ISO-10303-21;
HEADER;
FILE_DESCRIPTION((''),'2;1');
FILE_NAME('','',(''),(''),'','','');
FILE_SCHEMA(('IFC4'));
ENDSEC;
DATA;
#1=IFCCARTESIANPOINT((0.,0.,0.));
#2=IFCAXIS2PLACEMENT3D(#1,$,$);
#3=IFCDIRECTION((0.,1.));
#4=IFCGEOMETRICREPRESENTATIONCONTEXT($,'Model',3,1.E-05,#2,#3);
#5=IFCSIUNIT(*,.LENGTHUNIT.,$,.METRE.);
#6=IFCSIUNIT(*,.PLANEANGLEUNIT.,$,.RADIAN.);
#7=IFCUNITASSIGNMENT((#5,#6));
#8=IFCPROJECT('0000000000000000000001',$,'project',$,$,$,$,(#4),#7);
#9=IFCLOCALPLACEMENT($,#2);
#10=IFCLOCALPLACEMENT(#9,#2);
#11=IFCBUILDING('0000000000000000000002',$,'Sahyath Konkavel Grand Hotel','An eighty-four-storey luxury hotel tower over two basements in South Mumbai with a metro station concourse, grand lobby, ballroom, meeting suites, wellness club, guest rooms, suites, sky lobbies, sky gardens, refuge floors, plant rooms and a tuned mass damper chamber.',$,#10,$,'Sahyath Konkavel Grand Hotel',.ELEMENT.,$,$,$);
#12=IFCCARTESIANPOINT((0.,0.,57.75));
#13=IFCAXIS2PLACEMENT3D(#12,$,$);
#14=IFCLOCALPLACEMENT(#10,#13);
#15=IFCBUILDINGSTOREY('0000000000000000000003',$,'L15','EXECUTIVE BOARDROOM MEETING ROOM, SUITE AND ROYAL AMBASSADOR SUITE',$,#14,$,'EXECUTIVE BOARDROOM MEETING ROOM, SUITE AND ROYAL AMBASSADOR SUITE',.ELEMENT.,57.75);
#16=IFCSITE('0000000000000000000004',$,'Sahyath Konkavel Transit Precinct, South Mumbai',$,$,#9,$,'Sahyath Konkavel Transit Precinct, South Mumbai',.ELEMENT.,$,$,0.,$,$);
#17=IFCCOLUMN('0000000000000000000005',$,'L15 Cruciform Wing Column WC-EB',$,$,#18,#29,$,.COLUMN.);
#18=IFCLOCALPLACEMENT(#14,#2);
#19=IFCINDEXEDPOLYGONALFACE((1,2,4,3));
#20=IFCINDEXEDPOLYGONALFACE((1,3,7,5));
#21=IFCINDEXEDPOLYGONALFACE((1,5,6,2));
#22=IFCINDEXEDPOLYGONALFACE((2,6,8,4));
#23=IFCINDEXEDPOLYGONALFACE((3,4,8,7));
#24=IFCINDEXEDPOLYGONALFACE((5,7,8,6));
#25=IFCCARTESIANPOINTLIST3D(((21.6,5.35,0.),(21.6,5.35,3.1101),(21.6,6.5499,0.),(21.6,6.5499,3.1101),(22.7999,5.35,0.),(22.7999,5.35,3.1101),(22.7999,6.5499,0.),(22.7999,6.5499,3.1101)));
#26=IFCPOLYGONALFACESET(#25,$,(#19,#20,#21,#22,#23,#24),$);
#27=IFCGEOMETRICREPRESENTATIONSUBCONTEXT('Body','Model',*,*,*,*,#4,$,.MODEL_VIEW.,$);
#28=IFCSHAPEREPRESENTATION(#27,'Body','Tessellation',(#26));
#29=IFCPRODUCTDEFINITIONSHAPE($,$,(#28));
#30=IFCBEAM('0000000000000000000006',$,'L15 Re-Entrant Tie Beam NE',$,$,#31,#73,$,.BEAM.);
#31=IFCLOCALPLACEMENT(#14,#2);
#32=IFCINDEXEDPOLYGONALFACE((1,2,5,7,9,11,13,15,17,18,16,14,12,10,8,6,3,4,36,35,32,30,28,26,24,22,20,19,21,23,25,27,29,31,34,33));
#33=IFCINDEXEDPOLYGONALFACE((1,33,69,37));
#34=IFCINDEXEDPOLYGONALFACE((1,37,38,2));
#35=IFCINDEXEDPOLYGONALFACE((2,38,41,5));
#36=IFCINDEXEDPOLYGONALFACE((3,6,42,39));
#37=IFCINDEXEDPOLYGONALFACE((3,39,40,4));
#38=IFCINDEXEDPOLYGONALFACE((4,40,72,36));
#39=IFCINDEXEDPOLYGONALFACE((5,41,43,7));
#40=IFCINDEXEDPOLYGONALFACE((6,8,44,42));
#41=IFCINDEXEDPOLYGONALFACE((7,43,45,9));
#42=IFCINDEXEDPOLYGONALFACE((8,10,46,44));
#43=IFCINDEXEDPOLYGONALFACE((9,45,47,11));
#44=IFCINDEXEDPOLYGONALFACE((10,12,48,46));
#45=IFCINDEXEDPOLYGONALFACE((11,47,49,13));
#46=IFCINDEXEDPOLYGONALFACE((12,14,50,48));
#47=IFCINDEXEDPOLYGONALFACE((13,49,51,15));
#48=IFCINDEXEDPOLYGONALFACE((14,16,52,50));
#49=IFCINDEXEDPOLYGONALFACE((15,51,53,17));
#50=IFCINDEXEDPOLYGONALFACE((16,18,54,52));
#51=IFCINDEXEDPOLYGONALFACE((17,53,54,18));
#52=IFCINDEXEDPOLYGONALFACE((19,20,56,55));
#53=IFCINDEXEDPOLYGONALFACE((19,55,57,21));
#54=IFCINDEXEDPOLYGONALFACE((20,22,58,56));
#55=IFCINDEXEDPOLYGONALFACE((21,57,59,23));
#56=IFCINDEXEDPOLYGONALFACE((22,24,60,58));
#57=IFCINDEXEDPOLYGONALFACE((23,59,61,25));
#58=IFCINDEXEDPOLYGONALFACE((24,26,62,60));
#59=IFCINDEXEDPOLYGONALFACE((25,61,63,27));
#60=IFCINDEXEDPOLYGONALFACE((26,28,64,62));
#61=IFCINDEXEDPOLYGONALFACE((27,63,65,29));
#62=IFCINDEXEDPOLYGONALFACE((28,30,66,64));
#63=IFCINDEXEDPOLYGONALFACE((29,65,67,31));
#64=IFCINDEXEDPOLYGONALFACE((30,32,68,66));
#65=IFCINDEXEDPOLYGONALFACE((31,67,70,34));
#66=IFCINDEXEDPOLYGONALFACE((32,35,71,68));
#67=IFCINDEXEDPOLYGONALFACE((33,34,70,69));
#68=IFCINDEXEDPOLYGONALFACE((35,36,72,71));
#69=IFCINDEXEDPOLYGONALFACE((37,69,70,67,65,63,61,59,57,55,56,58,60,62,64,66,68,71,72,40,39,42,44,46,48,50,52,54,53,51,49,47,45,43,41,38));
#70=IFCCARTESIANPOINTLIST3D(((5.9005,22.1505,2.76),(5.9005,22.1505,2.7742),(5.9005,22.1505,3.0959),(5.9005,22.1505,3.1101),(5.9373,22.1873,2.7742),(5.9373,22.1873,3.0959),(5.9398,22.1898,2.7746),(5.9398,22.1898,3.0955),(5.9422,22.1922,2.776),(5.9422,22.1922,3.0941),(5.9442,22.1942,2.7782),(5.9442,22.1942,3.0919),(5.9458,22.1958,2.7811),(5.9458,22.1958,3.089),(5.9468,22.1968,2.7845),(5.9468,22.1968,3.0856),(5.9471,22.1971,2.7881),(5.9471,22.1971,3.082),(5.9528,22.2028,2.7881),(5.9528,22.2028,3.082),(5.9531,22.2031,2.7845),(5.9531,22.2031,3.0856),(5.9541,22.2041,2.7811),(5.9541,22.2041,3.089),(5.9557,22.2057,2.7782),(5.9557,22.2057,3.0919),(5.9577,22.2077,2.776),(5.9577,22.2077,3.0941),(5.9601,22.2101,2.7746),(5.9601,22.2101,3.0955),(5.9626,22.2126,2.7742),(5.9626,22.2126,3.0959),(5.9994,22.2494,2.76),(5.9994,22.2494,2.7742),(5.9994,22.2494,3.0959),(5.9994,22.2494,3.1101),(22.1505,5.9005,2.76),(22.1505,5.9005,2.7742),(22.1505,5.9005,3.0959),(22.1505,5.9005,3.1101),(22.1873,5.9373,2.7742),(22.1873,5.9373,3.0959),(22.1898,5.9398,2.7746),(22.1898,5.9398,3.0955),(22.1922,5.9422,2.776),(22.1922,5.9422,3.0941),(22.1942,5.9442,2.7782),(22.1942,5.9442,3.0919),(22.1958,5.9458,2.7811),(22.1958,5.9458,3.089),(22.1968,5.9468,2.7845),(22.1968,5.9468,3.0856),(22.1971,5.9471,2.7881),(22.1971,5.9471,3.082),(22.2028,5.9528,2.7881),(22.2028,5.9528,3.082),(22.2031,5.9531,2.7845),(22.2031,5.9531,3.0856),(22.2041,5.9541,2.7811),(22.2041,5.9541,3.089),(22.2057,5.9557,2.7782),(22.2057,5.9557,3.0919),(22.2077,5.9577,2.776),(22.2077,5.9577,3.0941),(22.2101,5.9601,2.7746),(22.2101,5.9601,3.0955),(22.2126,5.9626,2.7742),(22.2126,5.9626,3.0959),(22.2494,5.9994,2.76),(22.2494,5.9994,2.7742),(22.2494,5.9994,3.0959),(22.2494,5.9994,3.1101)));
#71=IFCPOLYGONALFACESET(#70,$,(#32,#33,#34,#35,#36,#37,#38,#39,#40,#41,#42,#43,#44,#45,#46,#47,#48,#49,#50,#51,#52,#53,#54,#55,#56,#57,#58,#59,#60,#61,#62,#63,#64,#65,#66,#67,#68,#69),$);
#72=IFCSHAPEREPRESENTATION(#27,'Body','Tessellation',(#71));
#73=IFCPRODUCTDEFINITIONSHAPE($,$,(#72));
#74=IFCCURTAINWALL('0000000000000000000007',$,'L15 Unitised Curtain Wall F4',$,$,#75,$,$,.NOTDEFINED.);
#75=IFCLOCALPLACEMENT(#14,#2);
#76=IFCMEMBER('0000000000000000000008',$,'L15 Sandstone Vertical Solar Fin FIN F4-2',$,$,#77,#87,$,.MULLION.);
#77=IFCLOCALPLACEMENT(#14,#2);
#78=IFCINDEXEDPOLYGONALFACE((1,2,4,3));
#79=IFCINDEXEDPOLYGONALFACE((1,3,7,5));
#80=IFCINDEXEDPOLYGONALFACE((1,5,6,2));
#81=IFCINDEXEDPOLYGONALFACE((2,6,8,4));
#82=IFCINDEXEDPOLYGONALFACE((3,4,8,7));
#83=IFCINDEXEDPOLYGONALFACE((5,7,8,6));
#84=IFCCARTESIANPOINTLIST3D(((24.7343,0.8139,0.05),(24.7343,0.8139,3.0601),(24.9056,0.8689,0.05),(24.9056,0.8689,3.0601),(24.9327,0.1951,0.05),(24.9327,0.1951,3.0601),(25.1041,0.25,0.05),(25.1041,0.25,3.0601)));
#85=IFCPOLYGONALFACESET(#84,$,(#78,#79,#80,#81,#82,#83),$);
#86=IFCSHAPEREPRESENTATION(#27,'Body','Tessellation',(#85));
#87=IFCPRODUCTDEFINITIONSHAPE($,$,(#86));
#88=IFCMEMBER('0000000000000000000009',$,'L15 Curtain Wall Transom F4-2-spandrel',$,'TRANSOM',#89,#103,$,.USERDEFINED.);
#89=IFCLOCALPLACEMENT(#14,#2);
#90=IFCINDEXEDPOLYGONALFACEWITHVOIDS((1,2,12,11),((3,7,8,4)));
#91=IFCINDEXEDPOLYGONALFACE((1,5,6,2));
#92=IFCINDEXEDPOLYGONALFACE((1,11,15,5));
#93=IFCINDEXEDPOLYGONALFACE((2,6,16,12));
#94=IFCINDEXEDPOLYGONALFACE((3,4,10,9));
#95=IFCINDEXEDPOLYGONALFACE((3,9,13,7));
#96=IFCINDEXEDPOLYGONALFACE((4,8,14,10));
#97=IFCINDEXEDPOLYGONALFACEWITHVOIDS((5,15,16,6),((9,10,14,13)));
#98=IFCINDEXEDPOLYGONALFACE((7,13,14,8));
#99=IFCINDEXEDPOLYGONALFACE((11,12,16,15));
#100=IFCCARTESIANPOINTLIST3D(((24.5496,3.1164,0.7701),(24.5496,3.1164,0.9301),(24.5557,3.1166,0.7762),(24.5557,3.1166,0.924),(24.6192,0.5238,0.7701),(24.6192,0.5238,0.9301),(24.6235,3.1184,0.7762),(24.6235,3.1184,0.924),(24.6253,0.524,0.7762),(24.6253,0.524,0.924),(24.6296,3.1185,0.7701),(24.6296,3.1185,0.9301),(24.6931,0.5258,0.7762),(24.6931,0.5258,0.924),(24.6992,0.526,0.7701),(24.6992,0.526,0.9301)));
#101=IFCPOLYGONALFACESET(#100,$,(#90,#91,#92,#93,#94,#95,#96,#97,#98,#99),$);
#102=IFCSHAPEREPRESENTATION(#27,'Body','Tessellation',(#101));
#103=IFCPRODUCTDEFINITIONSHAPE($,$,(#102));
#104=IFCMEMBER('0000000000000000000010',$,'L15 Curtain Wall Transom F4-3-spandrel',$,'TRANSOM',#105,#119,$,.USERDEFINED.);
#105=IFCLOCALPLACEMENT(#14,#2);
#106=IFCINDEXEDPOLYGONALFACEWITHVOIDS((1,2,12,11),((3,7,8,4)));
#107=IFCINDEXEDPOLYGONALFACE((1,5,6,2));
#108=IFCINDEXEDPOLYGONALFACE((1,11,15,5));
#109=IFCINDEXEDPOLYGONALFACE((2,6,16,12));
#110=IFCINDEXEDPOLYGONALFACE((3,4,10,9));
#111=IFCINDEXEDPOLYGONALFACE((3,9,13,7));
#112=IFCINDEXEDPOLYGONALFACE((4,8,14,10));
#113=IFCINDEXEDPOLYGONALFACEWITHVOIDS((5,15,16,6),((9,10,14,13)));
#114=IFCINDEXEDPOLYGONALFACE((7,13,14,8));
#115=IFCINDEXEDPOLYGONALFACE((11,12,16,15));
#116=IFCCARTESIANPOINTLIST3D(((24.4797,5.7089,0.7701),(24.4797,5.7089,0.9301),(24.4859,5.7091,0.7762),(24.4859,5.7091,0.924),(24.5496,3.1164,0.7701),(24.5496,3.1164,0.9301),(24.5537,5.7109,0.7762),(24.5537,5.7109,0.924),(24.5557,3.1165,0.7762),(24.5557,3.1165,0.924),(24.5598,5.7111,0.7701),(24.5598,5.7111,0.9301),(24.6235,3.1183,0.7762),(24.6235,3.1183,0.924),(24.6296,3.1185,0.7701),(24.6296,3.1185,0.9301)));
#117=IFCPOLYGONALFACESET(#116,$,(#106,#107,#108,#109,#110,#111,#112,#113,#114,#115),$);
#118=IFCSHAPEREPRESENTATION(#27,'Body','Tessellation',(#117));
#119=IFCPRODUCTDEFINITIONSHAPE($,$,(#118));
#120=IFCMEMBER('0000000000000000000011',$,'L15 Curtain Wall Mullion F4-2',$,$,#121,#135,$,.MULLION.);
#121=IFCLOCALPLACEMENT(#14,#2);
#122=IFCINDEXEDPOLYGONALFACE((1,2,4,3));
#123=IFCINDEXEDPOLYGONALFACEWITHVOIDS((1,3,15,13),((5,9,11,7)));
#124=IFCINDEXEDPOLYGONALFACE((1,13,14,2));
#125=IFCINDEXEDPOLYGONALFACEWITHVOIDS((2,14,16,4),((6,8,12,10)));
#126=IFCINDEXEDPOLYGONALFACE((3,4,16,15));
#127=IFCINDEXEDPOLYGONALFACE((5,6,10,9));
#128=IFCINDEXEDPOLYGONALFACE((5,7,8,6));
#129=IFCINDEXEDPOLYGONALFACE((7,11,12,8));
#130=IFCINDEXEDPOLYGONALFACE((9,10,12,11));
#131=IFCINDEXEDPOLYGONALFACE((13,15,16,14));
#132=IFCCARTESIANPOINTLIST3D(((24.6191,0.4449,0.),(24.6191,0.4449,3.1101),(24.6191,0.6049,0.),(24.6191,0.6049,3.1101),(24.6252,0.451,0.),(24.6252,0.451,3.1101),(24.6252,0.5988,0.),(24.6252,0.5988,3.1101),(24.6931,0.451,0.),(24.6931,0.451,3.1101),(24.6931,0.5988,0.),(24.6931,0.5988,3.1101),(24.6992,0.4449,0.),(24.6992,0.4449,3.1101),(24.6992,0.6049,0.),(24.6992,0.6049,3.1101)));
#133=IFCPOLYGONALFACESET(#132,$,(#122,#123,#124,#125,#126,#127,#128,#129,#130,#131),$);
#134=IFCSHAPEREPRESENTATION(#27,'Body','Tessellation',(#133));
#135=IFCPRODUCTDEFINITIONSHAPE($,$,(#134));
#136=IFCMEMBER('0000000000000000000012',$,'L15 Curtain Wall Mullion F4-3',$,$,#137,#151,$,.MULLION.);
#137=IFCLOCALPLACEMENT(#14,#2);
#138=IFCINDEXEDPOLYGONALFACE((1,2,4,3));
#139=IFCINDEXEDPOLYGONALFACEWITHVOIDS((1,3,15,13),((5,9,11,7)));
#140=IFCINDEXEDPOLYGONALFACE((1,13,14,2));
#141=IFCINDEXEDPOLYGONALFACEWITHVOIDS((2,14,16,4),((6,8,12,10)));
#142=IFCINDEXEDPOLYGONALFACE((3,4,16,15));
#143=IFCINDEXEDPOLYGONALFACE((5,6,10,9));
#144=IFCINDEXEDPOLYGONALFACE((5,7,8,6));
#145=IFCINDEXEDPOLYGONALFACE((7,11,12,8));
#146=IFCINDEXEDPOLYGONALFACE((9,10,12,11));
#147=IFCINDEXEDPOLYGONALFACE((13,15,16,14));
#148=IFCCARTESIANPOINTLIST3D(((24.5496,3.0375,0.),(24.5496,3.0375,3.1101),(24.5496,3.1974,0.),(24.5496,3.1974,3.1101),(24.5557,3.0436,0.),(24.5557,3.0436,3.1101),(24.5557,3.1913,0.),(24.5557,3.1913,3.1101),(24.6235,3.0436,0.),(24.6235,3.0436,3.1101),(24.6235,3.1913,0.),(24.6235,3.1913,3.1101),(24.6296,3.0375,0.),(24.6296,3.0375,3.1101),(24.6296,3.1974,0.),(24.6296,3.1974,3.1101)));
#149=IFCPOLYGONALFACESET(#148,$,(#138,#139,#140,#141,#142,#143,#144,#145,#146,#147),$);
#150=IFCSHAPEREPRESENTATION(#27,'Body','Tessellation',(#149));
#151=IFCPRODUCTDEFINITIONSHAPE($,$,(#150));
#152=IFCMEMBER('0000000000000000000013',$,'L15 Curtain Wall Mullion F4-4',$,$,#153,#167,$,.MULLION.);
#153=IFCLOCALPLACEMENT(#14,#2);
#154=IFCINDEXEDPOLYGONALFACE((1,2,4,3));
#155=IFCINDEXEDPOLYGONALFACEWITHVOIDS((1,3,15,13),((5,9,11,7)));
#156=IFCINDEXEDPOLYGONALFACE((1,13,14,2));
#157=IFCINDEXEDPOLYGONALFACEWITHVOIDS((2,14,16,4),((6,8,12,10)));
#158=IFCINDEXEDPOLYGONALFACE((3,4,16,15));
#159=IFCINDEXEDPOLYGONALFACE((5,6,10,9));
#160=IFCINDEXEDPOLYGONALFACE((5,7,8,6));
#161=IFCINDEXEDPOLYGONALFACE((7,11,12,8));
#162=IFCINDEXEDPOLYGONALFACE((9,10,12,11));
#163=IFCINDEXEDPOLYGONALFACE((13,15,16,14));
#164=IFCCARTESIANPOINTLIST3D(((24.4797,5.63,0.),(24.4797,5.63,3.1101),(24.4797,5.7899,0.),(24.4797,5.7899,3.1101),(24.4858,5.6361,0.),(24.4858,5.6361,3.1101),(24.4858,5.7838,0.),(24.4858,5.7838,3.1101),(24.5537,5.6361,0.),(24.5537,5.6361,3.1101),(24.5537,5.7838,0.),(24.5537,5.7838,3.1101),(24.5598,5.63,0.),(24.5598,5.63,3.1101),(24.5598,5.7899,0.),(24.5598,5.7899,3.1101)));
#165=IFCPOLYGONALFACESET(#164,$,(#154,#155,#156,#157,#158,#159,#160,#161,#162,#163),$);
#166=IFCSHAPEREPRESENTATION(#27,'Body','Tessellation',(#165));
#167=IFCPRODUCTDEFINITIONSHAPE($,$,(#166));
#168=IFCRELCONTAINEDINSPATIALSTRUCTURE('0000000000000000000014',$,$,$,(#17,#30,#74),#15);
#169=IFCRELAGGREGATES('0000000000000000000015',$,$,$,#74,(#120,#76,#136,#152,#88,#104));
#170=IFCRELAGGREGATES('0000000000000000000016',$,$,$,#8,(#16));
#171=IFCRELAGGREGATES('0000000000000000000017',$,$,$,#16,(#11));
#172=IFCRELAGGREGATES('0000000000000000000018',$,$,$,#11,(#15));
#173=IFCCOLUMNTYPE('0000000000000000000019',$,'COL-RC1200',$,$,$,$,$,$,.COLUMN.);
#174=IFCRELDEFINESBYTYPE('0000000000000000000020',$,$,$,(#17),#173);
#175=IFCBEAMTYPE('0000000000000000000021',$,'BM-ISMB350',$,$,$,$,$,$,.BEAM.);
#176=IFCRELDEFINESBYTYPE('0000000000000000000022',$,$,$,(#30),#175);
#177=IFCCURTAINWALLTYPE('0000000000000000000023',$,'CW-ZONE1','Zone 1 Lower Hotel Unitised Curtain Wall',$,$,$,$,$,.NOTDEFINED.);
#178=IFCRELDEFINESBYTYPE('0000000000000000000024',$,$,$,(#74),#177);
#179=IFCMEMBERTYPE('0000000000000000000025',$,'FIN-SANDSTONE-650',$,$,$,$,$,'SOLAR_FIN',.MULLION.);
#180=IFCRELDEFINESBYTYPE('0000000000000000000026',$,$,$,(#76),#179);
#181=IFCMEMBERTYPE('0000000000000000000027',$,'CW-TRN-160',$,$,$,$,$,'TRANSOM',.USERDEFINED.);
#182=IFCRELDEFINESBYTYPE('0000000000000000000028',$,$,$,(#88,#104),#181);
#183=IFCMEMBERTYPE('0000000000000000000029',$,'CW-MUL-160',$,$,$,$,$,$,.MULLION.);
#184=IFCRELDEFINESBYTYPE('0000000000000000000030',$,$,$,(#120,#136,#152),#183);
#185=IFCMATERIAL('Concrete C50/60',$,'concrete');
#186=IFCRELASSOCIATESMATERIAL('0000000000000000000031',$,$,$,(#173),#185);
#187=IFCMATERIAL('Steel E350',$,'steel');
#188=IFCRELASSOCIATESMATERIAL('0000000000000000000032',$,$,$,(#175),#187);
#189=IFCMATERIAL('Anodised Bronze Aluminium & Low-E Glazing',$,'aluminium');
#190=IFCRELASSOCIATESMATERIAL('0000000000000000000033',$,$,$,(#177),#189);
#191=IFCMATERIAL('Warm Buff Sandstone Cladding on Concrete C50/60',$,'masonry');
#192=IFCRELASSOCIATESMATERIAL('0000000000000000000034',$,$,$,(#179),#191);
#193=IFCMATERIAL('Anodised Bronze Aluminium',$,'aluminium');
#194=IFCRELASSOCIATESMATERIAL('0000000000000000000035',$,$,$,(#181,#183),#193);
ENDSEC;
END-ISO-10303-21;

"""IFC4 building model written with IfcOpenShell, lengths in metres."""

from ifc_helpers import new_model, si_unit, direction, frame, origin, origin_2d, place, context, subcontext, project, spatial, rectangle, hollow_rectangle, i_section, extrude, source, transform, mapped, material, material_profile, profile_set, type_object, element, aggregate, save


model = new_model("IFC4")

# Units and contexts
model_context = context("Model", 3, precision=1e-05, world=origin(), true_north=direction((0.0, 1.0)))
body_context = subcontext(model_context, "Body", "Model", "MODEL_VIEW")
ifc_project = project(units=[si_unit("LENGTHUNIT", "METRE"), si_unit("PLANEANGLEUNIT", "RADIAN")], contexts=[model_context])

# Site, building, storey
site_placement = place(None, origin())
site = spatial("IfcSite", under=ifc_project, at=site_placement, Name="Sahyath Konkavel Transit Precinct, South Mumbai", LongName="Sahyath Konkavel Transit Precinct, South Mumbai", CompositionType="ELEMENT", RefElevation=0.0)
building_placement = place(site_placement, origin())
building = spatial("IfcBuilding", under=site, at=building_placement, Name="Sahyath Konkavel Grand Hotel", Description="An eighty-four-storey luxury hotel tower over two basements in South Mumbai with a metro station concourse, grand lobby, ballroom, meeting suites, wellness club, guest rooms, suites, sky lobbies, sky gardens, refuge floors, plant rooms and a tuned mass damper chamber.", LongName="Sahyath Konkavel Grand Hotel", CompositionType="ELEMENT")
storey_placement = place(building_placement, frame((0.0, 0.0, 57.75)))
storey = spatial("IfcBuildingStorey", under=building, at=storey_placement, Name="L15", Description="EXECUTIVE BOARDROOM MEETING ROOM, SUITE AND ROYAL AMBASSADOR SUITE", LongName="EXECUTIVE BOARDROOM MEETING ROOM, SUITE AND ROYAL AMBASSADOR SUITE", CompositionType="ELEMENT", Elevation=57.75)

# Column
ifc_material_1 = material(Name="Concrete C50/60", Category="concrete")
ifc_material_profile_1 = material_profile(ifc_material_1, rectangle(XDim=1.2, YDim=1.2, at=origin_2d()), Name="RC 1200x1200")
ifc_profile_set_1 = profile_set([ifc_material_profile_1], Name="Concrete C50/60")
column_type = type_object("IfcColumnType", Name="COL-RC1200", PredefinedType="COLUMN", material=ifc_profile_set_1)
shared_shape_1 = source(origin(), body_context, "Body", "SweptSolid", [
    extrude(rectangle(XDim=1.2, YDim=1.2, at=origin_2d()), origin(), (0.0, 0.0, 1.0), 3.1101),
])
column_placement = place(storey_placement, frame((22.2, 5.95, 0.0), z_axis=(0.0, 0.0, 1.0), x_axis=(1.0, 0.0, 0.0)))
element("IfcColumn", 1, at=column_placement, inside=storey, type_object=column_type, Name="L15 Cruciform Wing Column WC-EB", PredefinedType="COLUMN", context=body_context, shape_type="MappedRepresentation", body=[
    mapped(shared_shape_1, transform((0.0, 0.0, 0.0), scale=1.0)),
])

# Beam
ifc_material_2 = material(Name="Steel E350", Category="steel")
ifc_material_profile_2 = material_profile(ifc_material_2, i_section(OverallWidth=0.1399, OverallDepth=0.3501, WebThickness=0.0081, FlangeThickness=0.0142, FilletRadius=0.0139, at=origin_2d()), Name="ISMB 350")
ifc_profile_set_2 = profile_set([ifc_material_profile_2], Name="Steel E350")
beam_type_1 = type_object("IfcBeamType", Name="BM-ISMB350", PredefinedType="BEAM", material=ifc_profile_set_2)
shared_shape_2 = source(origin(), body_context, "Body", "SweptSolid", [
    extrude(i_section(OverallWidth=0.1399, OverallDepth=0.3501, WebThickness=0.0081, FlangeThickness=0.0142, FilletRadius=0.0139, at=origin_2d()), origin(), (0.0, 0.0, 1.0), 22.981),
])
beam_1_placement = place(storey_placement, frame((22.2, 5.95, 2.9351), z_axis=(-0.707107, 0.707107, 0.0), x_axis=(-0.707107, -0.707107, 0.0)))
element("IfcBeam", 2, at=beam_1_placement, inside=storey, type_object=beam_type_1, Name="L15 Re-Entrant Tie Beam NE", PredefinedType="BEAM", context=body_context, shape_type="MappedRepresentation", body=[
    mapped(shared_shape_2, transform((0.0, 0.0, 0.0), scale=1.0)),
])

# Curtain wall, members
ifc_material_3 = material(Name="Anodised Bronze Aluminium & Low-E Glazing", Category="aluminium")
curtain_wall_type = type_object("IfcCurtainWallType", Name="CW-ZONE1", Description="Zone 1 Lower Hotel Unitised Curtain Wall", PredefinedType="NOTDEFINED", material=ifc_material_3)
curtain_wall_placement = place(storey_placement, origin())
curtain_wall = element("IfcCurtainWall", 3, at=curtain_wall_placement, inside=storey, type_object=curtain_wall_type, Name="L15 Unitised Curtain Wall F4", PredefinedType="NOTDEFINED")
ifc_material_4 = material(Name="Warm Buff Sandstone Cladding on Concrete C50/60", Category="masonry")
ifc_material_profile_3 = material_profile(ifc_material_4, rectangle(XDim=0.1799, YDim=0.6499, at=origin_2d()), Name="FIN 180x650")
ifc_profile_set_3 = profile_set([ifc_material_profile_3], Name="Warm Buff Sandstone Cladding on Concrete C50/60")
member_type_1 = type_object("IfcMemberType", Name="FIN-SANDSTONE-650", ElementType="SOLAR_FIN", PredefinedType="MULLION", material=ifc_profile_set_3)
shared_shape_3 = source(origin(), body_context, "Body", "SweptSolid", [
    extrude(rectangle(XDim=0.1799, YDim=0.6499, at=origin_2d()), origin(), (0.0, 0.0, 1.0), 3.01),
])
member_1_placement = place(storey_placement, frame((24.9192, 0.532, 0.05), z_axis=(0.0, 0.0, 1.0), x_axis=(0.952236, 0.305363, 0.0)))
member_1 = element("IfcMember", 4, at=member_1_placement, type_object=member_type_1, Name="L15 Sandstone Vertical Solar Fin FIN F4-2", PredefinedType="MULLION", context=body_context, shape_type="MappedRepresentation", body=[
    mapped(shared_shape_3, transform((0.0, 0.0, 0.0), scale=1.0)),
])
ifc_material_5 = material(Name="Anodised Bronze Aluminium", Category="aluminium")
ifc_material_profile_4 = material_profile(ifc_material_5, hollow_rectangle(XDim=0.0801, YDim=0.1599, WallThickness=0.0061, at=origin_2d()), Name="RHS 160x80x6")
ifc_profile_set_4 = profile_set([ifc_material_profile_4], Name="Anodised Bronze Aluminium")
member_type_2 = type_object("IfcMemberType", Name="CW-TRN-160", ElementType="TRANSOM", PredefinedType="USERDEFINED", material=ifc_profile_set_4)
shared_shape_4 = source(origin(), body_context, "Body", "SweptSolid", [
    extrude(hollow_rectangle(XDim=0.0801, YDim=0.1599, WallThickness=0.0061, at=origin_2d()), origin(), (0.0, 0.0, 1.0), 2.5935),
])
member_2_placement = place(storey_placement, frame((24.6592, 0.5249, 0.8501), z_axis=(-0.026829, 0.99964, 0.0), x_axis=(-0.99964, -0.026829, 0.0)))
member_2 = element("IfcMember", 5, at=member_2_placement, type_object=member_type_2, Name="L15 Curtain Wall Transom F4-2-spandrel", ObjectType="TRANSOM", PredefinedType="USERDEFINED", context=body_context, shape_type="MappedRepresentation", body=[
    mapped(shared_shape_4, transform((0.0, 0.0, 0.0), scale=1.0)),
])
member_3_placement = place(storey_placement, frame((24.5896, 3.1174, 0.8501), z_axis=(-0.026923, 0.999638, 0.0), x_axis=(-0.999638, -0.026923, 0.0)))
member_3 = element("IfcMember", 6, at=member_3_placement, type_object=member_type_2, Name="L15 Curtain Wall Transom F4-3-spandrel", ObjectType="TRANSOM", PredefinedType="USERDEFINED", context=body_context, shape_type="MappedRepresentation", body=[
    mapped(shared_shape_4, transform((0.0, 0.0, 0.0), scale=1.0)),
])
ifc_material_profile_5 = material_profile(ifc_material_5, hollow_rectangle(XDim=0.0801, YDim=0.1599, WallThickness=0.0061, at=origin_2d()), Name="RHS 160x80x6")
ifc_profile_set_5 = profile_set([ifc_material_profile_5], Name="Anodised Bronze Aluminium")
member_type_3 = type_object("IfcMemberType", Name="CW-MUL-160", PredefinedType="MULLION", material=ifc_profile_set_5)
shared_shape_5 = source(origin(), body_context, "Body", "SweptSolid", [
    extrude(hollow_rectangle(XDim=0.0801, YDim=0.1599, WallThickness=0.0061, at=origin_2d()), origin(), (0.0, 0.0, 1.0), 3.1101),
])
member_4_placement = place(storey_placement, frame((24.6592, 0.5249, 0.0), z_axis=(0.0, 0.0, 1.0), x_axis=(1.0, 0.0, 0.0)))
member_4 = element("IfcMember", 7, at=member_4_placement, type_object=member_type_3, Name="L15 Curtain Wall Mullion F4-2", PredefinedType="MULLION", context=body_context, shape_type="MappedRepresentation", body=[
    mapped(shared_shape_5, transform((0.0, 0.0, 0.0), scale=1.0)),
])
member_5_placement = place(storey_placement, frame((24.5896, 3.1174, 0.0), z_axis=(0.0, 0.0, 1.0), x_axis=(1.0, 0.0, 0.0)))
member_5 = element("IfcMember", 8, at=member_5_placement, type_object=member_type_3, Name="L15 Curtain Wall Mullion F4-3", PredefinedType="MULLION", context=body_context, shape_type="MappedRepresentation", body=[
    mapped(shared_shape_5, transform((0.0, 0.0, 0.0), scale=1.0)),
])
member_6_placement = place(storey_placement, frame((24.5198, 5.71, 0.0), z_axis=(0.0, 0.0, 1.0), x_axis=(1.0, 0.0, 0.0)))
member_6 = element("IfcMember", 9, at=member_6_placement, type_object=member_type_3, Name="L15 Curtain Wall Mullion F4-4", PredefinedType="MULLION", context=body_context, shape_type="MappedRepresentation", body=[
    mapped(shared_shape_5, transform((0.0, 0.0, 0.0), scale=1.0)),
])

aggregate(curtain_wall, [member_4, member_1, member_5, member_6, member_2, member_3])

save(model, "model.ifc")
